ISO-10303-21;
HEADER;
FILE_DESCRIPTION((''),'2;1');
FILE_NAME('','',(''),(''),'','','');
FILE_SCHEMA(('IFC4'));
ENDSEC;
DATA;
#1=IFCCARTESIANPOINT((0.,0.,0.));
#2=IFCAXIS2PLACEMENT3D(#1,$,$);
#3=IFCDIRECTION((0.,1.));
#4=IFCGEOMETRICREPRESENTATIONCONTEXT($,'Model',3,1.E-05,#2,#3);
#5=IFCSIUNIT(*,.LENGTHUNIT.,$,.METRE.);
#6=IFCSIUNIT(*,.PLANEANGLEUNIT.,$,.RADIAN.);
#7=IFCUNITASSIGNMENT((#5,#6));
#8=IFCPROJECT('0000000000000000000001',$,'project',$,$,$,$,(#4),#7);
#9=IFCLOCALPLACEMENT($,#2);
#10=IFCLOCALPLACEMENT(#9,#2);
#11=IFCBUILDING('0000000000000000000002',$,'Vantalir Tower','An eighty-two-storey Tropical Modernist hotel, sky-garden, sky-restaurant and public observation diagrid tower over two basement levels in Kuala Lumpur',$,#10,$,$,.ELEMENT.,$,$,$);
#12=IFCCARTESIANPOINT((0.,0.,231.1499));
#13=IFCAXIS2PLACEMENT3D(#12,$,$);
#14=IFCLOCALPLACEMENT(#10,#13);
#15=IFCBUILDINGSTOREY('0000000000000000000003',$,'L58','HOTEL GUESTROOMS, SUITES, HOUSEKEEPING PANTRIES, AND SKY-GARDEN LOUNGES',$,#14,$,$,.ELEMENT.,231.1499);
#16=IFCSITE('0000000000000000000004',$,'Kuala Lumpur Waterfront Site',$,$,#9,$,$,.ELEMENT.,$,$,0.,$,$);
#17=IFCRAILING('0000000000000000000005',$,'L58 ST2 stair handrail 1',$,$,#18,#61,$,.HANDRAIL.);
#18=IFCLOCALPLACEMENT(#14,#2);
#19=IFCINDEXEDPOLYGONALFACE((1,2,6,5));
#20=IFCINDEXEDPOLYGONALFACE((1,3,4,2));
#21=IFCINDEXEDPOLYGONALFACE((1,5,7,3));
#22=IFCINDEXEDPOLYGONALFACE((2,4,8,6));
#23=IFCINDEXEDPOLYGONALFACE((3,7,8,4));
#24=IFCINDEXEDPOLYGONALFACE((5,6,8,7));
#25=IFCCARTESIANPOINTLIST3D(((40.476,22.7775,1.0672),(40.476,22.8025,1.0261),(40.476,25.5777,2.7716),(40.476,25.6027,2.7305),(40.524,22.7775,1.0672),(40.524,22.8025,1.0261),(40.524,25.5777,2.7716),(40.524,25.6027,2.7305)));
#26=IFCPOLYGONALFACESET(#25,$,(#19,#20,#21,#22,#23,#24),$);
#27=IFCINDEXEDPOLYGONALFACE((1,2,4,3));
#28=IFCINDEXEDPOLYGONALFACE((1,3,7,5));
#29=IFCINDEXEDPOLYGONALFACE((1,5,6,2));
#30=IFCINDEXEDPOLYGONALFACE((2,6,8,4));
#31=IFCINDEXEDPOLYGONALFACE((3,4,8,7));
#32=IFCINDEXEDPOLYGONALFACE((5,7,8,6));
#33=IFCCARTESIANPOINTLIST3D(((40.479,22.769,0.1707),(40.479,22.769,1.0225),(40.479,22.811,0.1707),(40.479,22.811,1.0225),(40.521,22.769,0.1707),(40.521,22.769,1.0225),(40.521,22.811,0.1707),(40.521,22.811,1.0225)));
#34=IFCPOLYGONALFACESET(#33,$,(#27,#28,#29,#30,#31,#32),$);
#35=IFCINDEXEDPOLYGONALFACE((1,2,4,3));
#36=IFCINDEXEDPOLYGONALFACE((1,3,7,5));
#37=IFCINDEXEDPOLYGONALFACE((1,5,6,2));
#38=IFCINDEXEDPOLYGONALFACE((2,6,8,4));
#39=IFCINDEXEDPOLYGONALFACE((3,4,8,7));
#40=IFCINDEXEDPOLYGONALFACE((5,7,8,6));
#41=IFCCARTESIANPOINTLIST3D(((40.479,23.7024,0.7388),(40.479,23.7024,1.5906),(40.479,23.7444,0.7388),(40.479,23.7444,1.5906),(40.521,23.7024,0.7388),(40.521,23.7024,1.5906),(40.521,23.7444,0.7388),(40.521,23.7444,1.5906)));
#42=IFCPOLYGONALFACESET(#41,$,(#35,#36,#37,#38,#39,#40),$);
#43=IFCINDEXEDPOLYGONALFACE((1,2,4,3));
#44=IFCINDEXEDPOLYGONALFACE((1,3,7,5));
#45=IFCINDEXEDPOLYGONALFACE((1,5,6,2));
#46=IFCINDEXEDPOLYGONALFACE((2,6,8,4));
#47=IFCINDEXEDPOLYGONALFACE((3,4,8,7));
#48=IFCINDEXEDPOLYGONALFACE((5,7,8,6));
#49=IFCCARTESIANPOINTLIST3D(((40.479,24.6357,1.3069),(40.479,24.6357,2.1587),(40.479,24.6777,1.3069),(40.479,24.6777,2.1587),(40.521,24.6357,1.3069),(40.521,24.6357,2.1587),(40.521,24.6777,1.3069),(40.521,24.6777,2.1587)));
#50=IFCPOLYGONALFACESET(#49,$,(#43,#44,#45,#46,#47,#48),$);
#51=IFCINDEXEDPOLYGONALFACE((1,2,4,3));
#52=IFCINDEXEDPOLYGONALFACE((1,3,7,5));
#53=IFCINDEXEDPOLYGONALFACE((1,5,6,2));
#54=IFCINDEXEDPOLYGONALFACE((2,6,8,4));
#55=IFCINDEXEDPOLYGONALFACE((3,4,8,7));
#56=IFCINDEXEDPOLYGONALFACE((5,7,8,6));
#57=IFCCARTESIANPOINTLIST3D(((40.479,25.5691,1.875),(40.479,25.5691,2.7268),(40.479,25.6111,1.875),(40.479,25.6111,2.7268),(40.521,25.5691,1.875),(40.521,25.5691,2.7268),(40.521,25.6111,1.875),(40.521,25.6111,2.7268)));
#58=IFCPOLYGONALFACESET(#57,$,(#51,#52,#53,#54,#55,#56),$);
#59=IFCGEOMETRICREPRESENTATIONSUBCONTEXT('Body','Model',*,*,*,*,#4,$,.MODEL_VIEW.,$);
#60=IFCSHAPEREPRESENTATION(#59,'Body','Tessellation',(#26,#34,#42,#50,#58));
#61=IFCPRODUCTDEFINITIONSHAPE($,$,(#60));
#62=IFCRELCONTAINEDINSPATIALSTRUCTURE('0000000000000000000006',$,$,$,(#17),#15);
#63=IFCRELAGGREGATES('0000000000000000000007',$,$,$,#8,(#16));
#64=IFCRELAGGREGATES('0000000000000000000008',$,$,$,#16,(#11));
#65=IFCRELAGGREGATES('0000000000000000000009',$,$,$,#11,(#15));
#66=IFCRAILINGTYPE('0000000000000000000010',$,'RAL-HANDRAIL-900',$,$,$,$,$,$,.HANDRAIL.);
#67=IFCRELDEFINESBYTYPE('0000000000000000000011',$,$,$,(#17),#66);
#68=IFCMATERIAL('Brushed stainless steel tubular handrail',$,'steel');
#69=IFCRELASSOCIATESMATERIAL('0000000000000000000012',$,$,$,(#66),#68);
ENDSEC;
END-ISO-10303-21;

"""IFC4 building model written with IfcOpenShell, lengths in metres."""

from ifc_helpers import new_model, si_unit, direction, frame, origin, origin_2d, place, context, subcontext, project, spatial, rectangle, extrude, material, type_object, element, save


model = new_model("IFC4")

# Units and contexts
model_context = context("Model", 3, precision=1e-05, world=origin(), true_north=direction((0.0, 1.0)))
body_context = subcontext(model_context, "Body", "Model", "MODEL_VIEW")
ifc_project = project(units=[si_unit("LENGTHUNIT", "METRE"), si_unit("PLANEANGLEUNIT", "RADIAN")], contexts=[model_context])

# Site, building, storey
site_placement = place(None, origin())
site = spatial("IfcSite", under=ifc_project, at=site_placement, Name="Kuala Lumpur Waterfront Site", CompositionType="ELEMENT", RefElevation=0.0)
building_placement = place(site_placement, origin())
building = spatial("IfcBuilding", under=site, at=building_placement, Name="Vantalir Tower", Description="An eighty-two-storey Tropical Modernist hotel, sky-garden, sky-restaurant and public observation diagrid tower over two basement levels in Kuala Lumpur", CompositionType="ELEMENT")
storey_placement = place(building_placement, frame((0.0, 0.0, 231.1499)))
storey = spatial("IfcBuildingStorey", under=building, at=storey_placement, Name="L58", Description="HOTEL GUESTROOMS, SUITES, HOUSEKEEPING PANTRIES, AND SKY-GARDEN LOUNGES", CompositionType="ELEMENT", Elevation=231.1499)

# Railing
ifc_material_1 = material(Name="Brushed stainless steel tubular handrail", Category="steel")
railing_type_1 = type_object("IfcRailingType", Name="RAL-HANDRAIL-900", PredefinedType="HANDRAIL", material=ifc_material_1)
railing_1_placement = place(storey_placement, frame((40.5, 22.79, 0.1707)))
element("IfcRailing", 1, at=railing_1_placement, inside=storey, type_object=railing_type_1, Name="L58 ST2 stair handrail 1", PredefinedType="HANDRAIL", context=body_context, shape_type="SweptSolid", body=[
    extrude(rectangle(XDim=0.0481, YDim=0.0481, at=origin_2d()), frame((0.0, 0.0, 0.876), z_axis=(0.0, 0.854203, 0.51994), x_axis=(-1.0, 0.0, 0.0)), (0.0, 0.0, 1.0), 3.2781),
    extrude(rectangle(XDim=0.042, YDim=0.042, at=origin_2d()), origin(), (0.0, 0.0, 1.0), 0.8518),
    extrude(rectangle(XDim=0.042, YDim=0.042, at=origin_2d()), frame((0.0, 0.9333, 0.5681)), (0.0, 0.0, 1.0), 0.8518),
    extrude(rectangle(XDim=0.042, YDim=0.042, at=origin_2d()), frame((0.0, 1.8667, 1.1362)), (0.0, 0.0, 1.0), 0.8518),
    extrude(rectangle(XDim=0.042, YDim=0.042, at=origin_2d()), frame((0.0, 2.8, 1.7043)), (0.0, 0.0, 1.0), 0.8518),
])

save(model, "model.ifc")
